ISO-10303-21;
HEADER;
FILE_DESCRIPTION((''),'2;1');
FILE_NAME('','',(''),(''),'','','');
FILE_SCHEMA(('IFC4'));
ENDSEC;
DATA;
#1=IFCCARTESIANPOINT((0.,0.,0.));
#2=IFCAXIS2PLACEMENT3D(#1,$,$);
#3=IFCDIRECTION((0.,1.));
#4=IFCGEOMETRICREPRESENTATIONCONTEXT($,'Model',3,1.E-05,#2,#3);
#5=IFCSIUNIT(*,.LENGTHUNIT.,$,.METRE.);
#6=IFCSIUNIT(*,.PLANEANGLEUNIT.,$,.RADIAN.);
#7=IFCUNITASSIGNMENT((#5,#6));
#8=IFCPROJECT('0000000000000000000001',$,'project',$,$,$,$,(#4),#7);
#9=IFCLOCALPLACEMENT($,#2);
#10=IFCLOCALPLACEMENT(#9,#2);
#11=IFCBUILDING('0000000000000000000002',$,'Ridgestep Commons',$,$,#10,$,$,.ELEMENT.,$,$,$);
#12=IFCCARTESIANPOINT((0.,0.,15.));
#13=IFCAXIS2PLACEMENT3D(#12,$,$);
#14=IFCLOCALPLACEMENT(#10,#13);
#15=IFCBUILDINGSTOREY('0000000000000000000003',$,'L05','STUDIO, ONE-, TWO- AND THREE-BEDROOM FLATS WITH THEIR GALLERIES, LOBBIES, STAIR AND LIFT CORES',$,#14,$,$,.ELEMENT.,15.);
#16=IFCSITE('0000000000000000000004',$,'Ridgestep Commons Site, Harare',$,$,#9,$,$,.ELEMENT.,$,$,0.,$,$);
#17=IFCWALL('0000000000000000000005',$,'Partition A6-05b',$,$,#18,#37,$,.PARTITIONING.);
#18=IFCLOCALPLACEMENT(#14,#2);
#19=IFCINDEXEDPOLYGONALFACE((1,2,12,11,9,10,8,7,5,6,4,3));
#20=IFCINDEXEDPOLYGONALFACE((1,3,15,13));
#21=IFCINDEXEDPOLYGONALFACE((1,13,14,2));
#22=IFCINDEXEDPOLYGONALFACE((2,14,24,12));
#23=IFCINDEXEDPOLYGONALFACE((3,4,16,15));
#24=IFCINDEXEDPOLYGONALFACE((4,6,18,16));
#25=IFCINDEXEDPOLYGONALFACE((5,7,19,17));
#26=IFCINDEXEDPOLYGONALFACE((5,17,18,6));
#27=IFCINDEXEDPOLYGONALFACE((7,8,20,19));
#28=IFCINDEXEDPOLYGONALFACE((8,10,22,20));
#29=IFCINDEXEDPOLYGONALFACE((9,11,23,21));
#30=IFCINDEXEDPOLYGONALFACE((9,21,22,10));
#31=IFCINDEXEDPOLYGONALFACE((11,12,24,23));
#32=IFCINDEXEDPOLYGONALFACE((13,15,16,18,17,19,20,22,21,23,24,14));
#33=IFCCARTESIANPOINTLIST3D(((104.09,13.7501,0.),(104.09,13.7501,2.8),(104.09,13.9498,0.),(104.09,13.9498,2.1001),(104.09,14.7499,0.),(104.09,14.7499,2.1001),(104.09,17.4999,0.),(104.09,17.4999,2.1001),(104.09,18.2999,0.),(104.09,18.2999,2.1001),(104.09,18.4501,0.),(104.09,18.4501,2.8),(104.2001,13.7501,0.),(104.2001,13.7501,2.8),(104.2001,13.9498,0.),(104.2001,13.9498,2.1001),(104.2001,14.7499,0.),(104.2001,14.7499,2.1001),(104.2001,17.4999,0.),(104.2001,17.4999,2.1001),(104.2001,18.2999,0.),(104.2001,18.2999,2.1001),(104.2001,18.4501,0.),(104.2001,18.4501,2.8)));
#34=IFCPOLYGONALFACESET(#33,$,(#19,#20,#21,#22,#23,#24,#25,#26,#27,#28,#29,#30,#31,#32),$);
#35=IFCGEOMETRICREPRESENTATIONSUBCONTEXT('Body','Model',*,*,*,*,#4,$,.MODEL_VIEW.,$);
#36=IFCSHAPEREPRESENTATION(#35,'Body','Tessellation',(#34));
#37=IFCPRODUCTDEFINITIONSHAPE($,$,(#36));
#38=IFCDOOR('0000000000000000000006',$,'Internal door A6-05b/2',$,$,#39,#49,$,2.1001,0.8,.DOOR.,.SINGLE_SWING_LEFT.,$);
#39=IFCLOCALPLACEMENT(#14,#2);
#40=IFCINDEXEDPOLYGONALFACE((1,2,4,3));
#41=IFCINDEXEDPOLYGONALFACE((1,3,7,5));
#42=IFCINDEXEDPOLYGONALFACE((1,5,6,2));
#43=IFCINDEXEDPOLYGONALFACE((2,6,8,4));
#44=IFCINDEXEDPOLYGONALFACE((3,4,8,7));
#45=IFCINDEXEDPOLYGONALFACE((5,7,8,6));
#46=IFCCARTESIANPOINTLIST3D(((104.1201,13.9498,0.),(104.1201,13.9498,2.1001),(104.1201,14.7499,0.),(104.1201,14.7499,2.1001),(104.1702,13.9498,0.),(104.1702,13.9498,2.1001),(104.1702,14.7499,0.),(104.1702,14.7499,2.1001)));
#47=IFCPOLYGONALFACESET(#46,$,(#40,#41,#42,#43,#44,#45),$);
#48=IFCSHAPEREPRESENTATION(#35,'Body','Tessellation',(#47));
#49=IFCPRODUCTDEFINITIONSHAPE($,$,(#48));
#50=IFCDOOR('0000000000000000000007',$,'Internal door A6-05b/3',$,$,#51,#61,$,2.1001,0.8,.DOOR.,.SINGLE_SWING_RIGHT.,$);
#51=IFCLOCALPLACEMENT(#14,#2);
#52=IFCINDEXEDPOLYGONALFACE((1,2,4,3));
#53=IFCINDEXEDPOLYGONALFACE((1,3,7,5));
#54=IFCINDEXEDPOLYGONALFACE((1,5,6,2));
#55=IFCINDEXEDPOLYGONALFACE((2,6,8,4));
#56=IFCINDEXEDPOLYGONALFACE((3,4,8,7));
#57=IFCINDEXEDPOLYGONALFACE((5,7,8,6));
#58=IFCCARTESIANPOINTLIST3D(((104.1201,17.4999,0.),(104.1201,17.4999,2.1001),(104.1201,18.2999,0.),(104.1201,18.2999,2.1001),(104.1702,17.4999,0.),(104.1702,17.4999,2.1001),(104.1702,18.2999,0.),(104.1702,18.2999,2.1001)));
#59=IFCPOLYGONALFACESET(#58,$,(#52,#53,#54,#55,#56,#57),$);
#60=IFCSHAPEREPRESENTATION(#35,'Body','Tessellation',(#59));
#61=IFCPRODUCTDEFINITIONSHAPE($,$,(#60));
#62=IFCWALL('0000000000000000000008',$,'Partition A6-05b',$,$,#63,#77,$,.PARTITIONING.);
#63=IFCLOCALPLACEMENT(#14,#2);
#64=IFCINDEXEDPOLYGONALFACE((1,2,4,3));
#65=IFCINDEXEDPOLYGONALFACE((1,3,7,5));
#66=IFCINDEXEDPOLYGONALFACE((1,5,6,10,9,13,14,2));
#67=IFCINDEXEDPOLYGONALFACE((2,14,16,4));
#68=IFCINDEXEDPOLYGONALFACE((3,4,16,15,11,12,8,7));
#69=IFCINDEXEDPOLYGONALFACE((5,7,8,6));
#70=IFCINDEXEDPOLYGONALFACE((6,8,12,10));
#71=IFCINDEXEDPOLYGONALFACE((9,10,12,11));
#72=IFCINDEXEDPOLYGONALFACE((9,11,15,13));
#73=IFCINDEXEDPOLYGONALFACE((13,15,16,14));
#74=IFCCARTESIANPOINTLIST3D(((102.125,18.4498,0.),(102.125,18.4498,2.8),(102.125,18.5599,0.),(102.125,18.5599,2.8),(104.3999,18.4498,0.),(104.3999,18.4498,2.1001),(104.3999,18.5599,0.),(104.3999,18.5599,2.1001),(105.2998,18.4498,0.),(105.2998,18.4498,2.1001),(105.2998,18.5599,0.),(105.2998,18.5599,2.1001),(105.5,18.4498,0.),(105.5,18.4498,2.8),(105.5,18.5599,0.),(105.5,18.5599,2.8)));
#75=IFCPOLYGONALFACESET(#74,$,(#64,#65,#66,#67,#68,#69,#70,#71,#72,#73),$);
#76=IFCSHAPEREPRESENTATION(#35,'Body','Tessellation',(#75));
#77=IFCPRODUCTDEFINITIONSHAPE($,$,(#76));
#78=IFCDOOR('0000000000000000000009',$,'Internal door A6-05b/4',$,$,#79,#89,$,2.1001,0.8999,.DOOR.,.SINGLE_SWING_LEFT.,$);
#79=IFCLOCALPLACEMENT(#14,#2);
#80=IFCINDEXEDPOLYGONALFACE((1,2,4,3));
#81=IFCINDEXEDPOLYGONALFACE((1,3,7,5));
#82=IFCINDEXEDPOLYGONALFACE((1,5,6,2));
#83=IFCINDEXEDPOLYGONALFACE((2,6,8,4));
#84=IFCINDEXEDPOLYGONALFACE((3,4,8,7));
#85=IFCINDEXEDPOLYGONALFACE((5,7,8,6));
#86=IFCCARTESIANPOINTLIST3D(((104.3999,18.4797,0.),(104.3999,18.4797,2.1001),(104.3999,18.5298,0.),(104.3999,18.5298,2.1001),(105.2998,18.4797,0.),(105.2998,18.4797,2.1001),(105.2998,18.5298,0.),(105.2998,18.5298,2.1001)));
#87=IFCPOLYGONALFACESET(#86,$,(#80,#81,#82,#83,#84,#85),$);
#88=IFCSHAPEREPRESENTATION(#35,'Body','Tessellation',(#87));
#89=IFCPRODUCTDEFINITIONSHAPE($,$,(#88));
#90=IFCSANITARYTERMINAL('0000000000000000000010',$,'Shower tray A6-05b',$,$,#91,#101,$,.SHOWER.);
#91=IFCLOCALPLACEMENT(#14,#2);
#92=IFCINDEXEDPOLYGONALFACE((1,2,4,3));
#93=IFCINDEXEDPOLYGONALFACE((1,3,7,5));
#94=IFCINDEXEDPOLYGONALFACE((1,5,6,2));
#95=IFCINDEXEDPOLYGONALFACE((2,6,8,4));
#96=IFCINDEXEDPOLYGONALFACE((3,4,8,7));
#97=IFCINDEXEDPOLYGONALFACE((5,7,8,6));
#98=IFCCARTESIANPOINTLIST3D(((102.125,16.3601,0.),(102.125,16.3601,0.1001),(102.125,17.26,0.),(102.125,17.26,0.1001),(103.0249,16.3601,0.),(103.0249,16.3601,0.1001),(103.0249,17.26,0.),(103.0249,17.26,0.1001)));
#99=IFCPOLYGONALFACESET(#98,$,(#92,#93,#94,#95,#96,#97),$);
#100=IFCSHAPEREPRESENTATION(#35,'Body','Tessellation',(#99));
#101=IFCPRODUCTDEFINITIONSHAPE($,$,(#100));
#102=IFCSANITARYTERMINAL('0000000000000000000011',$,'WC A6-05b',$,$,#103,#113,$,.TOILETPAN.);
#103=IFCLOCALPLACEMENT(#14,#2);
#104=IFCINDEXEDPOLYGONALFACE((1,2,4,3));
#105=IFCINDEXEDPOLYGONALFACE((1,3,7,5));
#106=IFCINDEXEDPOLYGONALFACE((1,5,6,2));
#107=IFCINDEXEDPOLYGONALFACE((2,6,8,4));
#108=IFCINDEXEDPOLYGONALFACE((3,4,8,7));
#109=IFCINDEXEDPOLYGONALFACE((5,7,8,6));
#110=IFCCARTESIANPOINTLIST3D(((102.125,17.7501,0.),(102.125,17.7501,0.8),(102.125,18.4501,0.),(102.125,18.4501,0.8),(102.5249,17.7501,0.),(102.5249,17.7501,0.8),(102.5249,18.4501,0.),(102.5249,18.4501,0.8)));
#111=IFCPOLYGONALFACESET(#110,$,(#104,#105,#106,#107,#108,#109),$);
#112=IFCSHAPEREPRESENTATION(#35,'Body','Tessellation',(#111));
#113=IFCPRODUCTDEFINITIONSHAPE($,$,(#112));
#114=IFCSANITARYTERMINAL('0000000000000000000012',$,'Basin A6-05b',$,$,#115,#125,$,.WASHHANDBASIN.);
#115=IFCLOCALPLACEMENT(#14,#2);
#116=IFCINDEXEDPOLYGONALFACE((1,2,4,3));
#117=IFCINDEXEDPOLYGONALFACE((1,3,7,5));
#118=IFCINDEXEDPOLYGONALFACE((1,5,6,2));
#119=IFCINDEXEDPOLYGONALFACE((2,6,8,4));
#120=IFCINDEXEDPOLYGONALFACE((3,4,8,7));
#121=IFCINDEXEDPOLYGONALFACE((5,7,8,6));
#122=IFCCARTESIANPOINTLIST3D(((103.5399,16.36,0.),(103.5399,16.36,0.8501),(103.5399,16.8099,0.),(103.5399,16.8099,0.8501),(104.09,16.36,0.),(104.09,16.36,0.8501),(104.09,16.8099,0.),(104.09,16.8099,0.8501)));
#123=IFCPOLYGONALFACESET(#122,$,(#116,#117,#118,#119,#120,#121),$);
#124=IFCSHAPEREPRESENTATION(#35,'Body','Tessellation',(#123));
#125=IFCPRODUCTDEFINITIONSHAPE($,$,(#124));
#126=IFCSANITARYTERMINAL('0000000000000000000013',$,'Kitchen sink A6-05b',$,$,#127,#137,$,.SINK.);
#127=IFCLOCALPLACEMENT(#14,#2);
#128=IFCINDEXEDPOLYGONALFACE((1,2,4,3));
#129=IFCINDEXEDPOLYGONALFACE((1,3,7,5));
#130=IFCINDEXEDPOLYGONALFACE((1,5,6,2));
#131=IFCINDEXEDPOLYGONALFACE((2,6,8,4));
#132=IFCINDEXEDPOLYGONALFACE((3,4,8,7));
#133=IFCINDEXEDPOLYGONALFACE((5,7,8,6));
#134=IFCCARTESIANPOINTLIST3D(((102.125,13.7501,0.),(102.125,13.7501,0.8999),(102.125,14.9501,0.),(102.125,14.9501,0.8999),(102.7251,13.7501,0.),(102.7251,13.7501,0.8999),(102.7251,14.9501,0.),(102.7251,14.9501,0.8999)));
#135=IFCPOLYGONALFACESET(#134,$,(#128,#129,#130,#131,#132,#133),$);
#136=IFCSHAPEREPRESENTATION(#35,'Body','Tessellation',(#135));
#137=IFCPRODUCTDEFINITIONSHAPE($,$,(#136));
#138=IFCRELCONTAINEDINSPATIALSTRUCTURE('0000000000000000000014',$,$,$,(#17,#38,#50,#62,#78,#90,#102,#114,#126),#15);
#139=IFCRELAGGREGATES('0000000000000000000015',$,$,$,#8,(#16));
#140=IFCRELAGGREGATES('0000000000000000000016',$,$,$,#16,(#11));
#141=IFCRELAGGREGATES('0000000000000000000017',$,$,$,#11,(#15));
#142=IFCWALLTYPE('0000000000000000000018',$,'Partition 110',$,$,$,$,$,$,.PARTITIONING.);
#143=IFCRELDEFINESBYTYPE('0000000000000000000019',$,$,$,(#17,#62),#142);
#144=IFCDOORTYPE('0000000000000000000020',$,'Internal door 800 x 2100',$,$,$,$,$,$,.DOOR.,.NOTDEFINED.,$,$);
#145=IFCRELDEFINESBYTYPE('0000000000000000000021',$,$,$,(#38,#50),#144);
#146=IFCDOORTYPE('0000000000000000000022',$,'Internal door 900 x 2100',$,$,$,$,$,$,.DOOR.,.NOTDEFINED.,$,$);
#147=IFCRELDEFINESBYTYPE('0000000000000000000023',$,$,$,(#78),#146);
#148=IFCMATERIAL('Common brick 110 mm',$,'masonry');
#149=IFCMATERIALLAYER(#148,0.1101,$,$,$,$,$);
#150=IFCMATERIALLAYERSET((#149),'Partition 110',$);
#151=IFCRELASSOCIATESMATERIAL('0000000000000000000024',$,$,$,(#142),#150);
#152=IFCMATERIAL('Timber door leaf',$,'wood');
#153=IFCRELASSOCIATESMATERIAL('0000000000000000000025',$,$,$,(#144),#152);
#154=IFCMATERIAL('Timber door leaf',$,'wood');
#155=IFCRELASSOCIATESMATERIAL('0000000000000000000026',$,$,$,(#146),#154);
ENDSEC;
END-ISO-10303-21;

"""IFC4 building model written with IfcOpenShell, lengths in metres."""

from ifc_helpers import new_model, si_unit, direction, frame, frame_2d, origin, origin_2d, place, context, subcontext, project, spatial, rectangle, extrude, material, layer, layer_set, type_object, element, fill, save


model = new_model("IFC4")

# Units and contexts
model_context = context("Model", 3, precision=1e-05, world=origin(), true_north=direction((0.0, 1.0)))
body_context = subcontext(model_context, "Body", "Model", "MODEL_VIEW")
ifc_project = project(units=[si_unit("LENGTHUNIT", "METRE"), si_unit("PLANEANGLEUNIT", "RADIAN")], contexts=[model_context])

# Site, building, storey
site_placement = place(None, origin())
site = spatial("IfcSite", under=ifc_project, at=site_placement, Name="Ridgestep Commons Site, Harare", CompositionType="ELEMENT", RefElevation=0.0)
building_placement = place(site_placement, origin())
building = spatial("IfcBuilding", under=site, at=building_placement, Name="Ridgestep Commons", CompositionType="ELEMENT")
storey_placement = place(building_placement, frame((0.0, 0.0, 15.0)))
storey = spatial("IfcBuildingStorey", under=building, at=storey_placement, Name="L05", Description="STUDIO, ONE-, TWO- AND THREE-BEDROOM FLATS WITH THEIR GALLERIES, LOBBIES, STAIR AND LIFT CORES", CompositionType="ELEMENT", Elevation=15.0)

# Shared definitions
ifc_material_1 = material(Name="Common brick 110 mm", Category="masonry")
ifc_layer_1 = layer(ifc_material_1, 0.1101)
ifc_layer_set_1 = layer_set([ifc_layer_1], Name="Partition 110")
wall_type_1 = type_object("IfcWallType", Name="Partition 110", PredefinedType="PARTITIONING", material=ifc_layer_set_1)
ifc_material_2 = material(Name="Timber door leaf", Category="wood")
door_type_1 = type_object("IfcDoorType", Name="Internal door 800 x 2100", OperationType="NOTDEFINED", PredefinedType="DOOR", material=ifc_material_2)

# Shared definitions
ifc_material_3 = material(Name="Timber door leaf", Category="wood")
door_type_2 = type_object("IfcDoorType", Name="Internal door 900 x 2100", OperationType="NOTDEFINED", PredefinedType="DOOR", material=ifc_material_3)

# Wall, openings, doors
wall_1_placement = place(storey_placement, frame((104.145, 13.75, 0.0), z_axis=(0.0, 0.0, 1.0), x_axis=(0.0, 1.0, 0.0)))
wall_1 = element("IfcWall", 1, at=wall_1_placement, inside=storey, type_object=wall_type_1, Name="Partition A6-05b", PredefinedType="PARTITIONING", context=body_context, shape_type="SweptSolid", body=[
    extrude(rectangle(XDim=4.7, YDim=0.1101, at=frame_2d((2.3501, 0.0))), origin(), (0.0, 0.0, 1.0), 2.8),
])
opening_1_placement = place(wall_1_placement, frame((0.2, 0.0, 0.0)))
opening_1 = element("IfcOpeningElement", 2, at=opening_1_placement, cuts=wall_1, PredefinedType="OPENING", context=body_context, shape_type="SweptSolid", body=[
    extrude(rectangle(XDim=0.8, YDim=2.1001, at=frame_2d((0.3999, 1.05))), frame((0.0, 0.0649, 0.0), z_axis=(0.0, -1.0, 0.0), x_axis=(1.0, 0.0, 0.0)), (0.0, 0.0, 1.0), 0.1301),
])
opening_2_placement = place(wall_1_placement, frame((3.75, 0.0, 0.0)))
opening_2 = element("IfcOpeningElement", 3, at=opening_2_placement, cuts=wall_1, PredefinedType="OPENING", context=body_context, shape_type="SweptSolid", body=[
    extrude(rectangle(XDim=0.8, YDim=2.1001, at=frame_2d((0.3999, 1.05))), frame((0.0, 0.0649, 0.0), z_axis=(0.0, -1.0, 0.0), x_axis=(1.0, 0.0, 0.0)), (0.0, 0.0, 1.0), 0.1301),
])
door_1_placement = place(opening_1_placement, origin())
door_1 = element("IfcDoor", 4, at=door_1_placement, inside=storey, type_object=door_type_1, Name="Internal door A6-05b/2", OperationType="SINGLE_SWING_LEFT", OverallHeight=2.1001, OverallWidth=0.8, PredefinedType="DOOR", context=body_context, shape_type="SweptSolid", body=[
    extrude(rectangle(XDim=0.8, YDim=2.1001, at=frame_2d((0.3999, 1.05))), frame((0.0, 0.0249, 0.0), z_axis=(0.0, -1.0, 0.0), x_axis=(1.0, 0.0, 0.0)), (0.0, 0.0, 1.0), 0.05),
])
fill(opening_1, door_1)
door_2_placement = place(opening_2_placement, origin())
door_2 = element("IfcDoor", 5, at=door_2_placement, inside=storey, type_object=door_type_1, Name="Internal door A6-05b/3", OperationType="SINGLE_SWING_RIGHT", OverallHeight=2.1001, OverallWidth=0.8, PredefinedType="DOOR", context=body_context, shape_type="SweptSolid", body=[
    extrude(rectangle(XDim=0.8, YDim=2.1001, at=frame_2d((0.3999, 1.05))), frame((0.0, 0.0249, 0.0), z_axis=(0.0, -1.0, 0.0), x_axis=(1.0, 0.0, 0.0)), (0.0, 0.0, 1.0), 0.05),
])
fill(opening_2, door_2)

# Wall, opening, door
wall_2_placement = place(storey_placement, frame((102.125, 18.5049, 0.0), z_axis=(0.0, 0.0, 1.0), x_axis=(1.0, 0.0, 0.0)))
wall_2 = element("IfcWall", 6, at=wall_2_placement, inside=storey, type_object=wall_type_1, Name="Partition A6-05b", PredefinedType="PARTITIONING", context=body_context, shape_type="SweptSolid", body=[
    extrude(rectangle(XDim=3.375, YDim=0.1101, at=frame_2d((1.6875, 0.0))), origin(), (0.0, 0.0, 1.0), 2.8),
])
opening_3_placement = place(wall_2_placement, frame((2.2749, 0.0, 0.0)))
opening_3 = element("IfcOpeningElement", 7, at=opening_3_placement, cuts=wall_2, PredefinedType="OPENING", context=body_context, shape_type="SweptSolid", body=[
    extrude(rectangle(XDim=0.8999, YDim=2.1001, at=frame_2d((0.45, 1.05))), frame((0.0, 0.0649, 0.0), z_axis=(0.0, -1.0, 0.0), x_axis=(1.0, 0.0, 0.0)), (0.0, 0.0, 1.0), 0.1301),
])
door_3_placement = place(opening_3_placement, origin())
door_3 = element("IfcDoor", 8, at=door_3_placement, inside=storey, type_object=door_type_2, Name="Internal door A6-05b/4", OperationType="SINGLE_SWING_LEFT", OverallHeight=2.1001, OverallWidth=0.8999, PredefinedType="DOOR", context=body_context, shape_type="SweptSolid", body=[
    extrude(rectangle(XDim=0.8999, YDim=2.1001, at=frame_2d((0.45, 1.05))), frame((0.0, 0.0249, 0.0), z_axis=(0.0, -1.0, 0.0), x_axis=(1.0, 0.0, 0.0)), (0.0, 0.0, 1.0), 0.05),
])
fill(opening_3, door_3)

# Sanitary terminals
sanitary_terminal_1_placement = place(storey_placement, frame((102.575, 16.8101, 0.0), z_axis=(0.0, 0.0, 1.0), x_axis=(1.0, 0.0, 0.0)))
element("IfcSanitaryTerminal", 9, at=sanitary_terminal_1_placement, inside=storey, Name="Shower tray A6-05b", PredefinedType="SHOWER", context=body_context, shape_type="SweptSolid", body=[
    extrude(rectangle(XDim=0.8999, YDim=0.8999, at=origin_2d()), origin(), (0.0, 0.0, 1.0), 0.1001),
])
sanitary_terminal_2_placement = place(storey_placement, frame((102.325, 18.1001, 0.0), z_axis=(0.0, 0.0, 1.0), x_axis=(1.0, 0.0, 0.0)))
element("IfcSanitaryTerminal", 10, at=sanitary_terminal_2_placement, inside=storey, Name="WC A6-05b", PredefinedType="TOILETPAN", context=body_context, shape_type="SweptSolid", body=[
    extrude(rectangle(XDim=0.3999, YDim=0.7, at=origin_2d()), origin(), (0.0, 0.0, 1.0), 0.8),
])
sanitary_terminal_3_placement = place(storey_placement, frame((103.8149, 16.585, 0.0), z_axis=(0.0, 0.0, 1.0), x_axis=(1.0, 0.0, 0.0)))
element("IfcSanitaryTerminal", 11, at=sanitary_terminal_3_placement, inside=storey, Name="Basin A6-05b", PredefinedType="WASHHANDBASIN", context=body_context, shape_type="SweptSolid", body=[
    extrude(rectangle(XDim=0.55, YDim=0.45, at=origin_2d()), origin(), (0.0, 0.0, 1.0), 0.8501),
])
sanitary_terminal_4_placement = place(storey_placement, frame((102.425, 14.3501, 0.0), z_axis=(0.0, 0.0, 1.0), x_axis=(1.0, 0.0, 0.0)))
element("IfcSanitaryTerminal", 12, at=sanitary_terminal_4_placement, inside=storey, Name="Kitchen sink A6-05b", PredefinedType="SINK", context=body_context, shape_type="SweptSolid", body=[
    extrude(rectangle(XDim=0.6001, YDim=1.2, at=origin_2d()), origin(), (0.0, 0.0, 1.0), 0.8999),
])

save(model, "model.ifc")
